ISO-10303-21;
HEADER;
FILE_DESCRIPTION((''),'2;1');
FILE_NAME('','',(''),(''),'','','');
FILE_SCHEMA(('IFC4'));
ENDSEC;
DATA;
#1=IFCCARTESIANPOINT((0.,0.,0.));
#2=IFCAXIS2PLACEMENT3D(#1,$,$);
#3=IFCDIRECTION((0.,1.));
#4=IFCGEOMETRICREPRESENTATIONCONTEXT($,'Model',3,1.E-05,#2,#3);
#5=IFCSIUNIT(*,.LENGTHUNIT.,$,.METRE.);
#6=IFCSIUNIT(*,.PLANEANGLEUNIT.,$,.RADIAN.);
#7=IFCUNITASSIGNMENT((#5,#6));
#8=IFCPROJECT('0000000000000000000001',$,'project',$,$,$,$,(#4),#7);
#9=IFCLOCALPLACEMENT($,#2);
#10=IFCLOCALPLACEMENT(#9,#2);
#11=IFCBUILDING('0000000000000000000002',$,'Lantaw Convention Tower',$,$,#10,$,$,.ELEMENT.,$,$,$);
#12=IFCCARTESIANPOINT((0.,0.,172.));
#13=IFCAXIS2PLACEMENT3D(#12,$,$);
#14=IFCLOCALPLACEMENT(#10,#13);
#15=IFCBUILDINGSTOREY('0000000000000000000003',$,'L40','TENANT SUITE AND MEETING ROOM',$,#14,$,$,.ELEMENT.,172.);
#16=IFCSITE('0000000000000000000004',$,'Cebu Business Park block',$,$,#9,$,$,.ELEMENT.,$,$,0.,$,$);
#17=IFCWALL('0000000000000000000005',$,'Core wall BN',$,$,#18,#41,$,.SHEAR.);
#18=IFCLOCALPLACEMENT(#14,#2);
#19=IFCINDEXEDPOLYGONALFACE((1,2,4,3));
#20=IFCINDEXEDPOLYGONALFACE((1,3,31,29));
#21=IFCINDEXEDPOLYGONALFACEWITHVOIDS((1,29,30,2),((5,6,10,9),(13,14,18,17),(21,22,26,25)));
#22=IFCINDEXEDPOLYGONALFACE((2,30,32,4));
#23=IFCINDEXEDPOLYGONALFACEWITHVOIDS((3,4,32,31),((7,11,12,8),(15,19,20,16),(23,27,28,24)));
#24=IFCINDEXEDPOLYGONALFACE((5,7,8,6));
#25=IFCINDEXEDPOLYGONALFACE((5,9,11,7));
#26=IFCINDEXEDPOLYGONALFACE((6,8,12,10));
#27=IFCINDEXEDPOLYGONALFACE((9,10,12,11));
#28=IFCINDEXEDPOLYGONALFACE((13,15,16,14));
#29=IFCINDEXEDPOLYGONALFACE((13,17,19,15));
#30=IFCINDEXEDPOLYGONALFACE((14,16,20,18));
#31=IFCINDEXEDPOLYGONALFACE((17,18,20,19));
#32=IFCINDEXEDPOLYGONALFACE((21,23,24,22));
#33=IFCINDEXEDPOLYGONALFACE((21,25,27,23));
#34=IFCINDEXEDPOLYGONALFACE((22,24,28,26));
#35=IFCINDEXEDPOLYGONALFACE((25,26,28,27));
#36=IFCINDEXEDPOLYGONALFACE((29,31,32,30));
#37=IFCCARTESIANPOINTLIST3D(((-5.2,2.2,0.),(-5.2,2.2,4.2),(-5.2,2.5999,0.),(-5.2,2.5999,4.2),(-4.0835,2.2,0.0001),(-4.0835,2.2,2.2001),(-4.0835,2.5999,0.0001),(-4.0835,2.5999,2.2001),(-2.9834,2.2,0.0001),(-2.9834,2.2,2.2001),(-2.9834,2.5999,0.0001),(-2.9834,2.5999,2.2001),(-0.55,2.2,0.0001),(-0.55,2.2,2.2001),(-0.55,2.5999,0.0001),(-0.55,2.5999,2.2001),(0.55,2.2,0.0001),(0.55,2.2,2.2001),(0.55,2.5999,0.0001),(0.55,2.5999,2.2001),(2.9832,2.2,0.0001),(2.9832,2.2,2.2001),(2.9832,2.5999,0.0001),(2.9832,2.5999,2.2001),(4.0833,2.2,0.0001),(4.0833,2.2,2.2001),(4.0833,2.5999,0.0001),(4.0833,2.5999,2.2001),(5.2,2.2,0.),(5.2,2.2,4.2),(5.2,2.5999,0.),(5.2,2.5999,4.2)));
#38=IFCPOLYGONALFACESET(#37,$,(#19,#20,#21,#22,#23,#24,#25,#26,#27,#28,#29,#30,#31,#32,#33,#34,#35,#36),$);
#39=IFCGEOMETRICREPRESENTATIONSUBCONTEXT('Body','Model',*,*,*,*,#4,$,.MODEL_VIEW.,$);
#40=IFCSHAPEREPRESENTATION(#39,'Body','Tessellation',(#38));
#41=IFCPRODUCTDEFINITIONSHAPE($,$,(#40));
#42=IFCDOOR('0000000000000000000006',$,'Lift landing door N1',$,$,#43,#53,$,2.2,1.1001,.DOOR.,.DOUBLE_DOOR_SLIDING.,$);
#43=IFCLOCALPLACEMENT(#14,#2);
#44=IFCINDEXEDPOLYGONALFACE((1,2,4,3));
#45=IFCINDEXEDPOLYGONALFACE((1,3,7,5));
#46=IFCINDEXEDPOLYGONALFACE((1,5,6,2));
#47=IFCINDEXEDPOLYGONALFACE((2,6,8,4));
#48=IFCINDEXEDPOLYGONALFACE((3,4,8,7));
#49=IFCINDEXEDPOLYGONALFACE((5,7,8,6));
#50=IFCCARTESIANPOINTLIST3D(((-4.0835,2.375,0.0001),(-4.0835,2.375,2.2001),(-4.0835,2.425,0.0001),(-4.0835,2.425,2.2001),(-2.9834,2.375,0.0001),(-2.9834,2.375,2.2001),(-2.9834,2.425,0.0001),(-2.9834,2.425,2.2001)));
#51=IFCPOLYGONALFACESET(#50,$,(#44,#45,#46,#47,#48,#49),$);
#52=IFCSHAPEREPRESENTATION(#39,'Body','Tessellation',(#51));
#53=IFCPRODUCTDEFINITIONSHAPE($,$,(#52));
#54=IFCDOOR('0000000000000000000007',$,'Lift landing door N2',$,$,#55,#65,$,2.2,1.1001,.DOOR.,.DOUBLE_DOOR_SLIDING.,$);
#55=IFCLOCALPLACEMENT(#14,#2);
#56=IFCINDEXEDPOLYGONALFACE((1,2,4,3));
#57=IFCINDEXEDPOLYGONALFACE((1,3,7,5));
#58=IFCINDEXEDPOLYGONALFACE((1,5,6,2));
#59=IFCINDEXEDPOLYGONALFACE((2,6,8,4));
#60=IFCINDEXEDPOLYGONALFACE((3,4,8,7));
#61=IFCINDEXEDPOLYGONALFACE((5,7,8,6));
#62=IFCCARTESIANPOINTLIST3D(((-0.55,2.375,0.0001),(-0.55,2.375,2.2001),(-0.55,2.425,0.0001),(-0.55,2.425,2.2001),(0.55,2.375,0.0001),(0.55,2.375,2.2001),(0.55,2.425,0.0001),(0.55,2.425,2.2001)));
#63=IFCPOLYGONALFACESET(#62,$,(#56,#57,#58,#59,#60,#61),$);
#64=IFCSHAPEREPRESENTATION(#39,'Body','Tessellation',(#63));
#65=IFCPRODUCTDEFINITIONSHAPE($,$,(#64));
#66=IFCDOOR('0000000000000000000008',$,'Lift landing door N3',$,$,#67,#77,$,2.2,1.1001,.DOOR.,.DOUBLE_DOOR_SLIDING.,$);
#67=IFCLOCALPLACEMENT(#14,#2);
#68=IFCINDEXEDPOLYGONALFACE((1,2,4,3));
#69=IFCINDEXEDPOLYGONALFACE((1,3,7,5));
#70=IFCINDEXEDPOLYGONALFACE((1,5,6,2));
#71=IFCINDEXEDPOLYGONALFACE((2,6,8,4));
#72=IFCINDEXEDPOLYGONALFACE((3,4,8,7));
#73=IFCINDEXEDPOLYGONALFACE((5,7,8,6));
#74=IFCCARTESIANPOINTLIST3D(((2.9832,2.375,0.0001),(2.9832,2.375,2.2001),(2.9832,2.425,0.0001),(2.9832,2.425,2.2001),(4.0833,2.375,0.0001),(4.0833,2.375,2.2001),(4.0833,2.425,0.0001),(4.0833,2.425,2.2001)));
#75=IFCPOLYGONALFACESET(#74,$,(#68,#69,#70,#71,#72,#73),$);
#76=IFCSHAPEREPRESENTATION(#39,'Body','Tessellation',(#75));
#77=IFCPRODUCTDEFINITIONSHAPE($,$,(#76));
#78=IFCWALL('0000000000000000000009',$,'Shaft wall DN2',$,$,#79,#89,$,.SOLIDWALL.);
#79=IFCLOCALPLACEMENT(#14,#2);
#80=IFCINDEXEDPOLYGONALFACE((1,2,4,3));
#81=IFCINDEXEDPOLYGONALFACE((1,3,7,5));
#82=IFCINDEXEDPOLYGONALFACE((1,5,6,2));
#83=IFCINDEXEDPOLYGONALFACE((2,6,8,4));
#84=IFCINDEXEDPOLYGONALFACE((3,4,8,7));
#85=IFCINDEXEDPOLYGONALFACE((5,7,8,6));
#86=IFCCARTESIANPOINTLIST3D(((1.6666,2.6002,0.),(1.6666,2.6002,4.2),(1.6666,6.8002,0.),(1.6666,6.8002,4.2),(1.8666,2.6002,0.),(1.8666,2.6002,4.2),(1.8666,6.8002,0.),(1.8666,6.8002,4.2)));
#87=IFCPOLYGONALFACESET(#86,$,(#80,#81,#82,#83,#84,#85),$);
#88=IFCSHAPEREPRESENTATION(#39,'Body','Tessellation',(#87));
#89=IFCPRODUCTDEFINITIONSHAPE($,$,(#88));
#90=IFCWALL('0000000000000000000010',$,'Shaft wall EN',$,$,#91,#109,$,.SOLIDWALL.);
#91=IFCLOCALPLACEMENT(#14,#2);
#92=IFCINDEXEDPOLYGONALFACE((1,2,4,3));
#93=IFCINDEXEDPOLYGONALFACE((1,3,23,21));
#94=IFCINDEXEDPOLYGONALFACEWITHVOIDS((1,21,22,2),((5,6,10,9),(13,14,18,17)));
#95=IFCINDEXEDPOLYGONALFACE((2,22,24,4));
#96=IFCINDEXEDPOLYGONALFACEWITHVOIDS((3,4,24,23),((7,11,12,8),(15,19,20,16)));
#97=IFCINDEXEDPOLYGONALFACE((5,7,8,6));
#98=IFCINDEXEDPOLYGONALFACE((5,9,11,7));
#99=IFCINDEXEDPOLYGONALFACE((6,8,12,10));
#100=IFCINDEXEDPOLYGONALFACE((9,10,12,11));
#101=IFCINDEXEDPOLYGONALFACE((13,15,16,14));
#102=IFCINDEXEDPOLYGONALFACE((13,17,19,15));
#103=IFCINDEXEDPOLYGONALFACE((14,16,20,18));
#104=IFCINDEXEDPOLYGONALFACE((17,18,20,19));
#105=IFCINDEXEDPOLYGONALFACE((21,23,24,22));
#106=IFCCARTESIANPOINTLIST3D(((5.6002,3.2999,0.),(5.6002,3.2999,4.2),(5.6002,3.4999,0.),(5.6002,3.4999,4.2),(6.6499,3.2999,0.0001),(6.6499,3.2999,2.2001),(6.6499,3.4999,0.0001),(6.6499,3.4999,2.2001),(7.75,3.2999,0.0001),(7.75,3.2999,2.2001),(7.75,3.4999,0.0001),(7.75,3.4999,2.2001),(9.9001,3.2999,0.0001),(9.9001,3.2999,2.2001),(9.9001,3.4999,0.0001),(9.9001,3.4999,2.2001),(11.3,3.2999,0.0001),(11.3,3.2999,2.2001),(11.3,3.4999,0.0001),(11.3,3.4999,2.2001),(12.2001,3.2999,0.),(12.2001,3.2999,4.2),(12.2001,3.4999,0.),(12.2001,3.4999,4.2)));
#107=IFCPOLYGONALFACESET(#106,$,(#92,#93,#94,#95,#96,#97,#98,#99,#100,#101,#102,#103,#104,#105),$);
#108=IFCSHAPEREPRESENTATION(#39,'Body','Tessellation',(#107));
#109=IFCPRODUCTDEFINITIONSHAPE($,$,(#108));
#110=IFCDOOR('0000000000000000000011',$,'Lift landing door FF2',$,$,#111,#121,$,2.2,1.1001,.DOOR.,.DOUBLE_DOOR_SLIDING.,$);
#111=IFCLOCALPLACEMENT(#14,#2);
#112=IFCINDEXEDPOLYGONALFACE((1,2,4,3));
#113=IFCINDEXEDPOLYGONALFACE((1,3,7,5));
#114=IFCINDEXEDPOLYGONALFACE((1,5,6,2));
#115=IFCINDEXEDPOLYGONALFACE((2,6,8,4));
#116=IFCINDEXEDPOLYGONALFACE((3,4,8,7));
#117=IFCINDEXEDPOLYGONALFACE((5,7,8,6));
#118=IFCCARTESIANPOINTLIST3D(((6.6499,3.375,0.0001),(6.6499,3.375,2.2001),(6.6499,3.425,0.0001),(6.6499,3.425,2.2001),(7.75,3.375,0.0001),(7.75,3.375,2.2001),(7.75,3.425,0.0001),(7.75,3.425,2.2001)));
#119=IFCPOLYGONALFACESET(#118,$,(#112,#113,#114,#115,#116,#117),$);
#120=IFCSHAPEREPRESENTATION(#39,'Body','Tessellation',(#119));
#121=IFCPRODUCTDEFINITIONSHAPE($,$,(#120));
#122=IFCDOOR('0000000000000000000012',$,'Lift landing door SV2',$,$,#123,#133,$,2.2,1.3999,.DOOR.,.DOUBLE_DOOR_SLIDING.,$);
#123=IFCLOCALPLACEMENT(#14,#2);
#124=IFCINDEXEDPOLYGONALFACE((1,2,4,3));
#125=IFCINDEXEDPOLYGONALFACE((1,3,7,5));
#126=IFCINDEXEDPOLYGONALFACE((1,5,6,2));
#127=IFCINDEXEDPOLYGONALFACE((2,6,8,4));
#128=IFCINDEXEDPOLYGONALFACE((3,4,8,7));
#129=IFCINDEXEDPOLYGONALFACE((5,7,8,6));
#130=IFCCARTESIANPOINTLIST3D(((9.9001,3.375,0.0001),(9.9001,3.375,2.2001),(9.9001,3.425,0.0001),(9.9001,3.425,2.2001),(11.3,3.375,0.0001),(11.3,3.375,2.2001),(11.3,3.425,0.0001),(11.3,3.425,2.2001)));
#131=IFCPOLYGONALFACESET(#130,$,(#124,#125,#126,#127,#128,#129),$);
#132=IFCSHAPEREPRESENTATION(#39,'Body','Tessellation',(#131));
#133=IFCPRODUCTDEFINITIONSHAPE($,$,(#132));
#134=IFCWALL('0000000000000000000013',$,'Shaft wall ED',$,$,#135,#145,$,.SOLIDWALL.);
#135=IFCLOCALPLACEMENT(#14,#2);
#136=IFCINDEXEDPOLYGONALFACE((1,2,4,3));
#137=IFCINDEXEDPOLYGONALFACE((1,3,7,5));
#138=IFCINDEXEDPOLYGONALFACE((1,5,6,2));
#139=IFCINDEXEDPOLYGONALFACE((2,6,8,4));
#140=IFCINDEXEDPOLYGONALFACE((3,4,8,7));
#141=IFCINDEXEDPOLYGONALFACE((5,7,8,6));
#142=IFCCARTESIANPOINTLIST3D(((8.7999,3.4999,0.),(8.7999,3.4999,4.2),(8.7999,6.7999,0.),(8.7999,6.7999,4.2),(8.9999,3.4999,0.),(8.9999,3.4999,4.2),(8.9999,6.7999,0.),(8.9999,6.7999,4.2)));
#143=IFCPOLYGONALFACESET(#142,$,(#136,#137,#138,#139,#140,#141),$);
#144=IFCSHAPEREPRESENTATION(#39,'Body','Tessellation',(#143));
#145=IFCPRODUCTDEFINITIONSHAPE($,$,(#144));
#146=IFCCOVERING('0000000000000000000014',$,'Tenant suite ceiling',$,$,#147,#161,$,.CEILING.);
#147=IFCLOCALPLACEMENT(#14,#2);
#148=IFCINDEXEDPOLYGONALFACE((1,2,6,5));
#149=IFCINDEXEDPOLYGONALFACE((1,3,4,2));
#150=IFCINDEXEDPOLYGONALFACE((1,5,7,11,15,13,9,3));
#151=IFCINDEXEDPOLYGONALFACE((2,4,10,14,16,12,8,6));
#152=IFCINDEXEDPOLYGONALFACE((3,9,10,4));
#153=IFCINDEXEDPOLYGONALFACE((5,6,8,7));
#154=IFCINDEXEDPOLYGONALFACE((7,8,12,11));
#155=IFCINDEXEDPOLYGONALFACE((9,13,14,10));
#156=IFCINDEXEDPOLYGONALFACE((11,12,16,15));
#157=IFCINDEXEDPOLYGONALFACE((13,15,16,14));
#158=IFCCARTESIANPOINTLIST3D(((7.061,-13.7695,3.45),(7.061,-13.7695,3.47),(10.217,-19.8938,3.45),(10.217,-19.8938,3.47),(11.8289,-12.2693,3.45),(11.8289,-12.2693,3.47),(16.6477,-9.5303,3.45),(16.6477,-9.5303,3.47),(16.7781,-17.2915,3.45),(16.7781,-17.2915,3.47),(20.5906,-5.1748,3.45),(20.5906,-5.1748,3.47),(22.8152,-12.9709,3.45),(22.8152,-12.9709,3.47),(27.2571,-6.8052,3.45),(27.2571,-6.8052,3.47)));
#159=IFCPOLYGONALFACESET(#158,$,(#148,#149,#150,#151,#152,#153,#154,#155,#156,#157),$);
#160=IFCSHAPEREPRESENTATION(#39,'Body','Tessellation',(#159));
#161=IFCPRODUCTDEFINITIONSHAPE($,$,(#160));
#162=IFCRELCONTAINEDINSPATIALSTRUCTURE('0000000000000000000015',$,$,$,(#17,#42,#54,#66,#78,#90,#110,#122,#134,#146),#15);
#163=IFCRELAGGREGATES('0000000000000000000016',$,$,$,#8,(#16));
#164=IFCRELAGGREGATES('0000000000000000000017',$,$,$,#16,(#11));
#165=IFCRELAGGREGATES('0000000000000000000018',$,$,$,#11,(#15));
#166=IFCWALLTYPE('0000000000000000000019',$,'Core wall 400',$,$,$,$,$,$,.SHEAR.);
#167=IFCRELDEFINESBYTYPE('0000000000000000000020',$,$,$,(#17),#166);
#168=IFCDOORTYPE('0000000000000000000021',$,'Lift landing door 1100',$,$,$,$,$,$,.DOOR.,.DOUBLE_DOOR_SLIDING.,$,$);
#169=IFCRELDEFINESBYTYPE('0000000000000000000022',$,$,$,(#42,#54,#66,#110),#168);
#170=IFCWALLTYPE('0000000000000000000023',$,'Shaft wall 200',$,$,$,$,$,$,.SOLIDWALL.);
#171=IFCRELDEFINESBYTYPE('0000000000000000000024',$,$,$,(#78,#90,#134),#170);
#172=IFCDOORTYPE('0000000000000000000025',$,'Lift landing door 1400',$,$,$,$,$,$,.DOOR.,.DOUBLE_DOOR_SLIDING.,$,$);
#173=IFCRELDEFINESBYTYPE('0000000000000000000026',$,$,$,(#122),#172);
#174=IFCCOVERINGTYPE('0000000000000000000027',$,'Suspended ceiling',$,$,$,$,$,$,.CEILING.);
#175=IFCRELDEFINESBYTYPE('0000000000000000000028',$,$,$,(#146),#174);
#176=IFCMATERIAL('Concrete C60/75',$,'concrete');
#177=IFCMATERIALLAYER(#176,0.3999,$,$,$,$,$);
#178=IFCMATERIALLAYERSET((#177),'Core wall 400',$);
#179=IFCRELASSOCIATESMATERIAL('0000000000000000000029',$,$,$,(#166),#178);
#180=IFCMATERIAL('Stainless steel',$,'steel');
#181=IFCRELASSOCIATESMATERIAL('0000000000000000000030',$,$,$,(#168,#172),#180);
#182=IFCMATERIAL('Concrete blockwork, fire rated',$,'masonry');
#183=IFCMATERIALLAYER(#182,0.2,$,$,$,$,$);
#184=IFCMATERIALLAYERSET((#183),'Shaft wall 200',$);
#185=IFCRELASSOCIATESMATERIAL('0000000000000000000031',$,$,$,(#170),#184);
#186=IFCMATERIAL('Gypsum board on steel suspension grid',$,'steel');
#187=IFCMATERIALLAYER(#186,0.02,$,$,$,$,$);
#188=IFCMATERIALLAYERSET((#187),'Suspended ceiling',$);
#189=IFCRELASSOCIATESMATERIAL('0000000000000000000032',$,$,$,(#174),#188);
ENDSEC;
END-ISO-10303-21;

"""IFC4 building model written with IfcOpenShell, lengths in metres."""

from ifc_helpers import new_model, si_unit, direction, frame, frame_2d, origin, place, context, subcontext, project, spatial, polyline, rectangle, outline, extrude, material, layer, layer_set, type_object, element, fill, save


model = new_model("IFC4")

# Units and contexts
model_context = context("Model", 3, precision=1e-05, world=origin(), true_north=direction((0.0, 1.0)))
body_context = subcontext(model_context, "Body", "Model", "MODEL_VIEW")
ifc_project = project(units=[si_unit("LENGTHUNIT", "METRE"), si_unit("PLANEANGLEUNIT", "RADIAN")], contexts=[model_context])

# Site, building, storey
site_placement = place(None, origin())
site = spatial("IfcSite", under=ifc_project, at=site_placement, Name="Cebu Business Park block", CompositionType="ELEMENT", RefElevation=0.0)
building_placement = place(site_placement, origin())
building = spatial("IfcBuilding", under=site, at=building_placement, Name="Lantaw Convention Tower", CompositionType="ELEMENT")
storey_placement = place(building_placement, frame((0.0, 0.0, 172.0)))
storey = spatial("IfcBuildingStorey", under=building, at=storey_placement, Name="L40", Description="TENANT SUITE AND MEETING ROOM", CompositionType="ELEMENT", Elevation=172.0)

# Wall, openings, doors
ifc_material_1 = material(Name="Concrete C60/75", Category="concrete")
ifc_layer_1 = layer(ifc_material_1, 0.3999)
ifc_layer_set_1 = layer_set([ifc_layer_1], Name="Core wall 400")
wall_type_1 = type_object("IfcWallType", Name="Core wall 400", PredefinedType="SHEAR", material=ifc_layer_set_1)
wall_1_placement = place(storey_placement, frame((5.2, 2.3999, 0.0), z_axis=(0.0, 0.0, 1.0), x_axis=(-1.0, 0.0, 0.0)))
wall_1 = element("IfcWall", 1, at=wall_1_placement, inside=storey, type_object=wall_type_1, Name="Core wall BN", PredefinedType="SHEAR", context=body_context, shape_type="SweptSolid", body=[
    extrude(rectangle(XDim=10.3999, YDim=0.3999, at=frame_2d((5.2, 0.0))), origin(), (0.0, 0.0, 1.0), 4.2),
])
opening_1_placement = place(wall_1_placement, frame((8.1833, 0.0, 0.0)))
opening_1 = element("IfcOpeningElement", 2, at=opening_1_placement, cuts=wall_1, PredefinedType="OPENING", context=body_context, shape_type="SweptSolid", body=[
    extrude(rectangle(XDim=1.1001, YDim=2.2, at=frame_2d((0.55, 1.1001))), frame((0.0, 0.21, 0.0), z_axis=(0.0, -1.0, 0.0), x_axis=(1.0, 0.0, 0.0)), (0.0, 0.0, 1.0), 0.4199),
])
opening_2_placement = place(wall_1_placement, frame((4.6499, 0.0, 0.0)))
opening_2 = element("IfcOpeningElement", 3, at=opening_2_placement, cuts=wall_1, PredefinedType="OPENING", context=body_context, shape_type="SweptSolid", body=[
    extrude(rectangle(XDim=1.1001, YDim=2.2, at=frame_2d((0.55, 1.1001))), frame((0.0, 0.21, 0.0), z_axis=(0.0, -1.0, 0.0), x_axis=(1.0, 0.0, 0.0)), (0.0, 0.0, 1.0), 0.4199),
])
opening_3_placement = place(wall_1_placement, frame((1.1167, 0.0, 0.0)))
opening_3 = element("IfcOpeningElement", 4, at=opening_3_placement, cuts=wall_1, PredefinedType="OPENING", context=body_context, shape_type="SweptSolid", body=[
    extrude(rectangle(XDim=1.1001, YDim=2.2, at=frame_2d((0.55, 1.1001))), frame((0.0, 0.21, 0.0), z_axis=(0.0, -1.0, 0.0), x_axis=(1.0, 0.0, 0.0)), (0.0, 0.0, 1.0), 0.4199),
])
ifc_material_2 = material(Name="Stainless steel", Category="steel")
door_type_1 = type_object("IfcDoorType", Name="Lift landing door 1100", OperationType="DOUBLE_DOOR_SLIDING", PredefinedType="DOOR", material=ifc_material_2)
door_1_placement = place(opening_1_placement, origin())
door_1 = element("IfcDoor", 5, at=door_1_placement, inside=storey, type_object=door_type_1, Name="Lift landing door N1", OperationType="DOUBLE_DOOR_SLIDING", OverallHeight=2.2, OverallWidth=1.1001, PredefinedType="DOOR", context=body_context, shape_type="SweptSolid", body=[
    extrude(rectangle(XDim=1.1001, YDim=2.2, at=frame_2d((0.55, 1.1001))), frame((0.0, 0.0249, 0.0), z_axis=(0.0, -1.0, 0.0), x_axis=(1.0, 0.0, 0.0)), (0.0, 0.0, 1.0), 0.05),
])
fill(opening_1, door_1)
door_2_placement = place(opening_2_placement, origin())
door_2 = element("IfcDoor", 6, at=door_2_placement, inside=storey, type_object=door_type_1, Name="Lift landing door N2", OperationType="DOUBLE_DOOR_SLIDING", OverallHeight=2.2, OverallWidth=1.1001, PredefinedType="DOOR", context=body_context, shape_type="SweptSolid", body=[
    extrude(rectangle(XDim=1.1001, YDim=2.2, at=frame_2d((0.55, 1.1001))), frame((0.0, 0.0249, 0.0), z_axis=(0.0, -1.0, 0.0), x_axis=(1.0, 0.0, 0.0)), (0.0, 0.0, 1.0), 0.05),
])
fill(opening_2, door_2)
door_3_placement = place(opening_3_placement, origin())
door_3 = element("IfcDoor", 7, at=door_3_placement, inside=storey, type_object=door_type_1, Name="Lift landing door N3", OperationType="DOUBLE_DOOR_SLIDING", OverallHeight=2.2, OverallWidth=1.1001, PredefinedType="DOOR", context=body_context, shape_type="SweptSolid", body=[
    extrude(rectangle(XDim=1.1001, YDim=2.2, at=frame_2d((0.55, 1.1001))), frame((0.0, 0.0249, 0.0), z_axis=(0.0, -1.0, 0.0), x_axis=(1.0, 0.0, 0.0)), (0.0, 0.0, 1.0), 0.05),
])
fill(opening_3, door_3)

# Wall
ifc_material_3 = material(Name="Concrete blockwork, fire rated", Category="masonry")
ifc_layer_2 = layer(ifc_material_3, 0.2)
ifc_layer_set_2 = layer_set([ifc_layer_2], Name="Shaft wall 200")
wall_type_2 = type_object("IfcWallType", Name="Shaft wall 200", PredefinedType="SOLIDWALL", material=ifc_layer_set_2)
wall_2_placement = place(storey_placement, frame((1.7666, 2.6001, 0.0), z_axis=(0.0, 0.0, 1.0), x_axis=(0.0, 1.0, 0.0)))
element("IfcWall", 8, at=wall_2_placement, inside=storey, type_object=wall_type_2, Name="Shaft wall DN2", PredefinedType="SOLIDWALL", context=body_context, shape_type="SweptSolid", body=[
    extrude(rectangle(XDim=4.2, YDim=0.2, at=frame_2d((2.1001, 0.0))), origin(), (0.0, 0.0, 1.0), 4.2),
])

# Wall, openings, doors
wall_3_placement = place(storey_placement, frame((12.2, 3.3999, 0.0), z_axis=(0.0, 0.0, 1.0), x_axis=(-1.0, 0.0, 0.0)))
wall_3 = element("IfcWall", 9, at=wall_3_placement, inside=storey, type_object=wall_type_2, Name="Shaft wall EN", PredefinedType="SOLIDWALL", context=body_context, shape_type="SweptSolid", body=[
    extrude(rectangle(XDim=6.5999, YDim=0.2, at=frame_2d((3.2998, 0.0))), origin(), (0.0, 0.0, 1.0), 4.2),
])
opening_4_placement = place(wall_3_placement, frame((4.45, 0.0, 0.0)))
opening_4 = element("IfcOpeningElement", 10, at=opening_4_placement, cuts=wall_3, PredefinedType="OPENING", context=body_context, shape_type="SweptSolid", body=[
    extrude(rectangle(XDim=1.1001, YDim=2.2, at=frame_2d((0.55, 1.1001))), frame((0.0, 0.1099, 0.0), z_axis=(0.0, -1.0, 0.0), x_axis=(1.0, 0.0, 0.0)), (0.0, 0.0, 1.0), 0.22),
])
opening_5_placement = place(wall_3_placement, frame((0.8999, 0.0, 0.0)))
opening_5 = element("IfcOpeningElement", 11, at=opening_5_placement, cuts=wall_3, PredefinedType="OPENING", context=body_context, shape_type="SweptSolid", body=[
    extrude(rectangle(XDim=1.3999, YDim=2.2, at=frame_2d((0.7, 1.1001))), frame((0.0, 0.1099, 0.0), z_axis=(0.0, -1.0, 0.0), x_axis=(1.0, 0.0, 0.0)), (0.0, 0.0, 1.0), 0.22),
])
door_4_placement = place(opening_4_placement, origin())
door_4 = element("IfcDoor", 12, at=door_4_placement, inside=storey, type_object=door_type_1, Name="Lift landing door FF2", OperationType="DOUBLE_DOOR_SLIDING", OverallHeight=2.2, OverallWidth=1.1001, PredefinedType="DOOR", context=body_context, shape_type="SweptSolid", body=[
    extrude(rectangle(XDim=1.1001, YDim=2.2, at=frame_2d((0.55, 1.1001))), frame((0.0, 0.0249, 0.0), z_axis=(0.0, -1.0, 0.0), x_axis=(1.0, 0.0, 0.0)), (0.0, 0.0, 1.0), 0.05),
])
fill(opening_4, door_4)
door_type_2 = type_object("IfcDoorType", Name="Lift landing door 1400", OperationType="DOUBLE_DOOR_SLIDING", PredefinedType="DOOR", material=ifc_material_2)
door_5_placement = place(opening_5_placement, origin())
door_5 = element("IfcDoor", 13, at=door_5_placement, inside=storey, type_object=door_type_2, Name="Lift landing door SV2", OperationType="DOUBLE_DOOR_SLIDING", OverallHeight=2.2, OverallWidth=1.3999, PredefinedType="DOOR", context=body_context, shape_type="SweptSolid", body=[
    extrude(rectangle(XDim=1.3999, YDim=2.2, at=frame_2d((0.7, 1.1001))), frame((0.0, 0.0249, 0.0), z_axis=(0.0, -1.0, 0.0), x_axis=(1.0, 0.0, 0.0)), (0.0, 0.0, 1.0), 0.05),
])
fill(opening_5, door_5)

# Wall
wall_4_placement = place(storey_placement, frame((8.8999, 3.5, 0.0), z_axis=(0.0, 0.0, 1.0), x_axis=(0.0, 1.0, 0.0)))
element("IfcWall", 14, at=wall_4_placement, inside=storey, type_object=wall_type_2, Name="Shaft wall ED", PredefinedType="SOLIDWALL", context=body_context, shape_type="SweptSolid", body=[
    extrude(rectangle(XDim=3.3, YDim=0.2, at=frame_2d((1.6499, 0.0))), origin(), (0.0, 0.0, 1.0), 4.2),
])

# Covering
ifc_material_4 = material(Name="Gypsum board on steel suspension grid", Category="steel")
ifc_layer_3 = layer(ifc_material_4, 0.02)
ifc_layer_set_3 = layer_set([ifc_layer_3], Name="Suspended ceiling")
covering_type = type_object("IfcCoveringType", Name="Suspended ceiling", PredefinedType="CEILING", material=ifc_layer_set_3)
covering_1_placement = place(storey_placement, frame((0.0, 0.0, 3.45)))
element("IfcCovering", 15, at=covering_1_placement, inside=storey, type_object=covering_type, Name="Tenant suite ceiling", PredefinedType="CEILING", context=body_context, shape_type="SweptSolid", body=[
    extrude(outline(polyline([(7.061, -13.7695), (10.217, -19.8938), (16.7781, -17.2915), (22.8152, -12.9709), (27.2571, -6.8052), (20.5906, -5.1748), (16.6477, -9.5303), (11.8289, -12.2693), (7.061, -13.7695)])), origin(), (0.0, 0.0, 1.0), 0.02),
])

save(model, "model.ifc")
